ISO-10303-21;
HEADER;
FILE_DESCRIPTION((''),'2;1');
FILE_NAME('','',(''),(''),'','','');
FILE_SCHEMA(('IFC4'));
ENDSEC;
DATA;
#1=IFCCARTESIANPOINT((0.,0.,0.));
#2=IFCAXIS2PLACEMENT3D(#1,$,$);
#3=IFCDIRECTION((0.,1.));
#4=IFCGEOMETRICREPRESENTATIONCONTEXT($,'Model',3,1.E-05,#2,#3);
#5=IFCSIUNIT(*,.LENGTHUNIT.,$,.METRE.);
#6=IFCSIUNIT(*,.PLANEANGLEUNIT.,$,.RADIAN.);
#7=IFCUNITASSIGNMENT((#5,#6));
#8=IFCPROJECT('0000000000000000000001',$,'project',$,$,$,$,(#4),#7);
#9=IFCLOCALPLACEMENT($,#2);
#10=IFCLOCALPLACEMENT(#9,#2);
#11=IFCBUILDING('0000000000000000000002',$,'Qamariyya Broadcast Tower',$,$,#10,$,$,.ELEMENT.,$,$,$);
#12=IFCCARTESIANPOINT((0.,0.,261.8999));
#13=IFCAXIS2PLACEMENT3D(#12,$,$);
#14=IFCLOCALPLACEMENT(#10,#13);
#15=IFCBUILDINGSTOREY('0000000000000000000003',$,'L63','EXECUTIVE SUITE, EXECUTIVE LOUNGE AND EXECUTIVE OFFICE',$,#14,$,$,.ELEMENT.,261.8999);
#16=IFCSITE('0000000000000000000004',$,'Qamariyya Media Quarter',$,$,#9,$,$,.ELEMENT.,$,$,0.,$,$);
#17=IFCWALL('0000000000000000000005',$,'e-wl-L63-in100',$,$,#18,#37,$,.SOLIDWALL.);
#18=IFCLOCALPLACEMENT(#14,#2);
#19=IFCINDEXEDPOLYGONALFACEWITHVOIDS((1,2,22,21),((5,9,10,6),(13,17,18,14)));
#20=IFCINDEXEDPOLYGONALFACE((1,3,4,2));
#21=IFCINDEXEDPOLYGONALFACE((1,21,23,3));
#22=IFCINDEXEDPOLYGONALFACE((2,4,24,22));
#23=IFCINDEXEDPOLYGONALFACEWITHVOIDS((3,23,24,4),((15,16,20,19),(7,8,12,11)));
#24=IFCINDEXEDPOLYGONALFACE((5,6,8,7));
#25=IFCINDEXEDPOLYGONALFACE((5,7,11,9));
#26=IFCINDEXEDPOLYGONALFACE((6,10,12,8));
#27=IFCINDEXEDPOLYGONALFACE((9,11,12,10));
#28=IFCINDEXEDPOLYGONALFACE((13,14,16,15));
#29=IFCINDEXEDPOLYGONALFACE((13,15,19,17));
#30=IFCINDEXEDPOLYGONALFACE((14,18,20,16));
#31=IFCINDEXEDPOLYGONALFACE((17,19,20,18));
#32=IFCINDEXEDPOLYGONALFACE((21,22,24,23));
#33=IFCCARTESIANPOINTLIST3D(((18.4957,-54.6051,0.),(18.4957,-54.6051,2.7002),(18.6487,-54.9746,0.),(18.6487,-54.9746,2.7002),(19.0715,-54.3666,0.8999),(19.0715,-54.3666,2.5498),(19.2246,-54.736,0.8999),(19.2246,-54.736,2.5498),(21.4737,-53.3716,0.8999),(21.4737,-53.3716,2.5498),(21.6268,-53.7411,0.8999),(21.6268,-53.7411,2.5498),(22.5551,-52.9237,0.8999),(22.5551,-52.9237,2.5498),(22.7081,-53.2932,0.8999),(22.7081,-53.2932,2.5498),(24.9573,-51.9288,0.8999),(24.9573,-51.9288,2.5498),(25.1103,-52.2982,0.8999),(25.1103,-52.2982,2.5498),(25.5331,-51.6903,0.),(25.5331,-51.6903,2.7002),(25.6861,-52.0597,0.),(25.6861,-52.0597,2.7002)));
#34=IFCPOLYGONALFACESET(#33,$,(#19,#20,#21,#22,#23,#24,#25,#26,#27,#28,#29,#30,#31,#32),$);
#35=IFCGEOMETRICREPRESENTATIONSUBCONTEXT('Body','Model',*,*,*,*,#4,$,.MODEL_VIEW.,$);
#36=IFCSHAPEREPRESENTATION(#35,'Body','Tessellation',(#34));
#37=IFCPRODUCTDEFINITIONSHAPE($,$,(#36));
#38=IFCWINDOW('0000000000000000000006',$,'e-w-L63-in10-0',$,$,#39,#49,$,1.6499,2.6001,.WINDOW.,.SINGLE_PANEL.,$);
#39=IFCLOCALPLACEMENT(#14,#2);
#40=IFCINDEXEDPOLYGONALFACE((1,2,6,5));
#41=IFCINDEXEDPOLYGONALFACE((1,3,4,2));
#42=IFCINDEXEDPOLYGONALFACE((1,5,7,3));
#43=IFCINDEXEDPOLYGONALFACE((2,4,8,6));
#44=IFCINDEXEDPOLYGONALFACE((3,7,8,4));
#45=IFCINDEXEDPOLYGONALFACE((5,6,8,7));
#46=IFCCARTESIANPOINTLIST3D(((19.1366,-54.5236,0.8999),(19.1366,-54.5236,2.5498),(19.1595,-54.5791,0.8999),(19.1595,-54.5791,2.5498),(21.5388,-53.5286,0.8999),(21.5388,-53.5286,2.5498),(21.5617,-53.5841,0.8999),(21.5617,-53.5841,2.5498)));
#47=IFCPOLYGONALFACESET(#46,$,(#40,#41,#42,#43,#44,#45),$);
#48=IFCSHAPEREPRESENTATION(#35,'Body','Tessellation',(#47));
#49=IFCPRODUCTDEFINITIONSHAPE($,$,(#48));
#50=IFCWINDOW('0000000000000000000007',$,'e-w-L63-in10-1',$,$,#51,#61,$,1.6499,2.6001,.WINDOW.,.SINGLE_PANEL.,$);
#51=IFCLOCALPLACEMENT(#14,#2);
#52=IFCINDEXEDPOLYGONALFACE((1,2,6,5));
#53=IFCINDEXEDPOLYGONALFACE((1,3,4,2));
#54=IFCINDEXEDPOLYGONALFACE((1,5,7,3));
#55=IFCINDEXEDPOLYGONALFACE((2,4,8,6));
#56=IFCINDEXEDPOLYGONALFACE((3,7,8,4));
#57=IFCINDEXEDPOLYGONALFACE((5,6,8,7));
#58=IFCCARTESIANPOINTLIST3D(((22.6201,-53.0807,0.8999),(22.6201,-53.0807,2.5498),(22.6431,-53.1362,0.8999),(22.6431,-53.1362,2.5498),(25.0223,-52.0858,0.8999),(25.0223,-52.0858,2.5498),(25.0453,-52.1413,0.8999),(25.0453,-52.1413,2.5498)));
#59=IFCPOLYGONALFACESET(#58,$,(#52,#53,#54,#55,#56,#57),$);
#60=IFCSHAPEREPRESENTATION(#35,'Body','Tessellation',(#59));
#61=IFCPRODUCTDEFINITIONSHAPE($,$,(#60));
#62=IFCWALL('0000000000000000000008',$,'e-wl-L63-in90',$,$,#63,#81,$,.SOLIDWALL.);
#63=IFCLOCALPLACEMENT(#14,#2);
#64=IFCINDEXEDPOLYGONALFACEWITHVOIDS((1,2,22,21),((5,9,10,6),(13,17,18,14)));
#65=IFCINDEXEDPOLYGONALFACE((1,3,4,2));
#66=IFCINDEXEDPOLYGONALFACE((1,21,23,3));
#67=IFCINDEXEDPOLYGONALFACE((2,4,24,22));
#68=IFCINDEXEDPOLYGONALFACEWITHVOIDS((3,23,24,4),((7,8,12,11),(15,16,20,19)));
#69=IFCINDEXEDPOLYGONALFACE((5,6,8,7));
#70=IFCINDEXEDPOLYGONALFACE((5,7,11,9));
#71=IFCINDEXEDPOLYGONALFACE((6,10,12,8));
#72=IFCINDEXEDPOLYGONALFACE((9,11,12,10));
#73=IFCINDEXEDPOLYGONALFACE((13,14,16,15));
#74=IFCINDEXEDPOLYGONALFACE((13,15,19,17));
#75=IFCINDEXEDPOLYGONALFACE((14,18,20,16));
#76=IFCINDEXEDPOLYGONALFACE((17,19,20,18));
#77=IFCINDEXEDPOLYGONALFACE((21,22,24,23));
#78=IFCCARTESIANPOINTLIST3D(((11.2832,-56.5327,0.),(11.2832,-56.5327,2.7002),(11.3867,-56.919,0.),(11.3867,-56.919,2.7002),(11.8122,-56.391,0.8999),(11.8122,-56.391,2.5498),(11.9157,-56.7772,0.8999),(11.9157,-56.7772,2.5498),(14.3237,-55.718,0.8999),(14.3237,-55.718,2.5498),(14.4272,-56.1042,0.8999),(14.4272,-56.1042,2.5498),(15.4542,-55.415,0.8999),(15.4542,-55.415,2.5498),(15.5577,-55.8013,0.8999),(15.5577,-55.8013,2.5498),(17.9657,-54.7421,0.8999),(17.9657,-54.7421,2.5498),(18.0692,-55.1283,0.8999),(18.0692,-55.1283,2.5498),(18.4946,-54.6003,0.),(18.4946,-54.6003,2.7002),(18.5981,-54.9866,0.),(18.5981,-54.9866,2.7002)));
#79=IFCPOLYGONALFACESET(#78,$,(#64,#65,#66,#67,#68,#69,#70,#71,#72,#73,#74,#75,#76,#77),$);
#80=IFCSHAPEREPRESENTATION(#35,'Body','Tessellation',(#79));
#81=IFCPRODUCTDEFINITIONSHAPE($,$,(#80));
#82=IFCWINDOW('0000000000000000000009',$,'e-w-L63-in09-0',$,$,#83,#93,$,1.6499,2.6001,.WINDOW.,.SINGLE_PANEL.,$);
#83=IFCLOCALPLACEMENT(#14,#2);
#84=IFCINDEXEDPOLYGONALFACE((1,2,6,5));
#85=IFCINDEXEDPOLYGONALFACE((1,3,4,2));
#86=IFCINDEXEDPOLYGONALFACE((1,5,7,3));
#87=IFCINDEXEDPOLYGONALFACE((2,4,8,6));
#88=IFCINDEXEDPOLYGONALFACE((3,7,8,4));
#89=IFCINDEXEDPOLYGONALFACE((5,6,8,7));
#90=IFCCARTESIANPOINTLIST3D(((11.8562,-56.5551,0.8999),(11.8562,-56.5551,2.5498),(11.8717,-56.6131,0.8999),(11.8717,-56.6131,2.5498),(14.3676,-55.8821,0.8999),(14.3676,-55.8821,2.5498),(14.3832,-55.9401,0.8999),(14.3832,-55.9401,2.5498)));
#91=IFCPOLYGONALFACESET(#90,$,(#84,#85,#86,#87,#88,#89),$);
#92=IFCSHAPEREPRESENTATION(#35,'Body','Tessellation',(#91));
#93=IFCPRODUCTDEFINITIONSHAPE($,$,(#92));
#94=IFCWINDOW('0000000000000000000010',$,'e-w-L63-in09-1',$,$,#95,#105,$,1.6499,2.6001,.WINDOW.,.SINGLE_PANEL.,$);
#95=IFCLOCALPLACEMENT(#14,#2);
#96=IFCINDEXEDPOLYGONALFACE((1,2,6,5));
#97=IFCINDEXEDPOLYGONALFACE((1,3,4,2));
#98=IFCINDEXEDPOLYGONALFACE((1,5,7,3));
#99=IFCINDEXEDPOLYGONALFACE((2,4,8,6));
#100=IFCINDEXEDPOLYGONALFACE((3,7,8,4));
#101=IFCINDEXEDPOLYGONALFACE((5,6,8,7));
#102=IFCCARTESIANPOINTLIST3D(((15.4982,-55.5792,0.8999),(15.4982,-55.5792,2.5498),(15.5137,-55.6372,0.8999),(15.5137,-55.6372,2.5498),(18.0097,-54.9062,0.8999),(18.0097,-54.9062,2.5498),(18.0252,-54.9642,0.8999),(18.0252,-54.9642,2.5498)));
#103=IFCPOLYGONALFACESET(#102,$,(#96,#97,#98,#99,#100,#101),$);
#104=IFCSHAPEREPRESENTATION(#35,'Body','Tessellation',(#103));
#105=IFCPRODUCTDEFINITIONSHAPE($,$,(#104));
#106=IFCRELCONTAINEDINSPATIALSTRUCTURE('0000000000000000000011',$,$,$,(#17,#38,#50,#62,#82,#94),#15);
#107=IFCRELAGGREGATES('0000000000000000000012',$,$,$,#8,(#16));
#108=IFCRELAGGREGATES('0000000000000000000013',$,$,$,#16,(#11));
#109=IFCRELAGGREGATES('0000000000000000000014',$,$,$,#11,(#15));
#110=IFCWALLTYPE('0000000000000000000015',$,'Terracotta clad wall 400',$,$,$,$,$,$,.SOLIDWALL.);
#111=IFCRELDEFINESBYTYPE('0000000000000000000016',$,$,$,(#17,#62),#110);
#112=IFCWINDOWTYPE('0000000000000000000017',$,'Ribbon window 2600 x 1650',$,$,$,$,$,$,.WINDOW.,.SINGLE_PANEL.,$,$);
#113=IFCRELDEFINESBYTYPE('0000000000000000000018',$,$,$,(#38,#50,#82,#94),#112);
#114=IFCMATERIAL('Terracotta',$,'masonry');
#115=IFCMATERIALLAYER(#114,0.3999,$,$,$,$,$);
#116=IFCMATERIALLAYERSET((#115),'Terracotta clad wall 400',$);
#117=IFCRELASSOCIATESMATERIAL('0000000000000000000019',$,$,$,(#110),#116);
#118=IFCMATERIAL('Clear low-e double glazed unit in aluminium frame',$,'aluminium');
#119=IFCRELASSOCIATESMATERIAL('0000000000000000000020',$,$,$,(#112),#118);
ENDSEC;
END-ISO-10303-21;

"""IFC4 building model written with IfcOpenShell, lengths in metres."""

from ifc_helpers import new_model, si_unit, direction, frame, frame_2d, origin, place, context, subcontext, project, spatial, rectangle, extrude, material, layer, layer_set, type_object, element, fill, save


model = new_model("IFC4")

# Units and contexts
model_context = context("Model", 3, precision=1e-05, world=origin(), true_north=direction((0.0, 1.0)))
body_context = subcontext(model_context, "Body", "Model", "MODEL_VIEW")
ifc_project = project(units=[si_unit("LENGTHUNIT", "METRE"), si_unit("PLANEANGLEUNIT", "RADIAN")], contexts=[model_context])

# Site, building, storey
site_placement = place(None, origin())
site = spatial("IfcSite", under=ifc_project, at=site_placement, Name="Qamariyya Media Quarter", CompositionType="ELEMENT", RefElevation=0.0)
building_placement = place(site_placement, origin())
building = spatial("IfcBuilding", under=site, at=building_placement, Name="Qamariyya Broadcast Tower", CompositionType="ELEMENT")
storey_placement = place(building_placement, frame((0.0, 0.0, 261.8999)))
storey = spatial("IfcBuildingStorey", under=building, at=storey_placement, Name="L63", Description="EXECUTIVE SUITE, EXECUTIVE LOUNGE AND EXECUTIVE OFFICE", CompositionType="ELEMENT", Elevation=261.8999)

# Walls, openings, windows
ifc_material_1 = material(Name="Terracotta", Category="masonry")
ifc_layer_1 = layer(ifc_material_1, 0.3999)
ifc_layer_set_1 = layer_set([ifc_layer_1], Name="Terracotta clad wall 400")
wall_type_1 = type_object("IfcWallType", Name="Terracotta clad wall 400", PredefinedType="SOLIDWALL", material=ifc_layer_set_1)
wall_1_placement = place(storey_placement, frame((25.6096, -51.875, 0.0), z_axis=(0.0, 0.0, 1.0), x_axis=(-0.923888, -0.382664, 0.0)))
wall_1 = element("IfcWall", 1, at=wall_1_placement, inside=storey, type_object=wall_type_1, Name="e-wl-L63-in100", PredefinedType="SOLIDWALL", context=body_context, shape_type="SweptSolid", body=[
    extrude(rectangle(XDim=7.6172, YDim=0.3999, at=frame_2d((3.8086, 0.0))), origin(), (0.0, 0.0, 1.0), 2.7002),
])
opening_1_placement = place(wall_1_placement, frame((4.3938, 0.0, 0.8999)))
opening_1 = element("IfcOpeningElement", 2, at=opening_1_placement, cuts=wall_1, PredefinedType="OPENING", context=body_context, shape_type="SweptSolid", body=[
    extrude(rectangle(XDim=2.6001, YDim=1.6499, at=frame_2d((1.3, 0.825))), frame((0.0, 0.21, 0.0), z_axis=(0.0, -1.0, 0.0), x_axis=(1.0, 0.0, 0.0)), (0.0, 0.0, 1.0), 0.4199),
])
opening_2_placement = place(wall_1_placement, frame((0.6233, 0.0, 0.8999)))
opening_2 = element("IfcOpeningElement", 3, at=opening_2_placement, cuts=wall_1, PredefinedType="OPENING", context=body_context, shape_type="SweptSolid", body=[
    extrude(rectangle(XDim=2.6001, YDim=1.6499, at=frame_2d((1.3, 0.825))), frame((0.0, 0.21, 0.0), z_axis=(0.0, -1.0, 0.0), x_axis=(1.0, 0.0, 0.0)), (0.0, 0.0, 1.0), 0.4199),
])
ifc_material_2 = material(Name="Clear low-e double glazed unit in aluminium frame", Category="aluminium")
window_type = type_object("IfcWindowType", Name="Ribbon window 2600 x 1650", PartitioningType="SINGLE_PANEL", PredefinedType="WINDOW", material=ifc_material_2)
window_1_placement = place(opening_1_placement, origin())
window_1 = element("IfcWindow", 4, at=window_1_placement, inside=storey, type_object=window_type, Name="e-w-L63-in10-0", OverallHeight=1.6499, OverallWidth=2.6001, PartitioningType="SINGLE_PANEL", PredefinedType="WINDOW", context=body_context, shape_type="SweptSolid", body=[
    extrude(rectangle(XDim=2.6001, YDim=1.6499, at=frame_2d((1.3, 0.825))), frame((0.0, 0.03, 0.0), z_axis=(0.0, -1.0, 0.0), x_axis=(1.0, 0.0, 0.0)), (0.0, 0.0, 1.0), 0.0601),
])
fill(opening_1, window_1)
window_2_placement = place(opening_2_placement, origin())
window_2 = element("IfcWindow", 5, at=window_2_placement, inside=storey, type_object=window_type, Name="e-w-L63-in10-1", OverallHeight=1.6499, OverallWidth=2.6001, PartitioningType="SINGLE_PANEL", PredefinedType="WINDOW", context=body_context, shape_type="SweptSolid", body=[
    extrude(rectangle(XDim=2.6001, YDim=1.6499, at=frame_2d((1.3, 0.825))), frame((0.0, 0.03, 0.0), z_axis=(0.0, -1.0, 0.0), x_axis=(1.0, 0.0, 0.0)), (0.0, 0.0, 1.0), 0.0601),
])
fill(opening_2, window_2)
wall_2_placement = place(storey_placement, frame((18.5464, -54.7935, 0.0), z_axis=(0.0, 0.0, 1.0), x_axis=(-0.965923, -0.258829, 0.0)))
wall_2 = element("IfcWall", 6, at=wall_2_placement, inside=storey, type_object=wall_type_1, Name="e-wl-L63-in90", PredefinedType="SOLIDWALL", context=body_context, shape_type="SweptSolid", body=[
    extrude(rectangle(XDim=7.4658, YDim=0.3999, at=frame_2d((3.7329, 0.0))), origin(), (0.0, 0.0, 1.0), 2.7002),
])
opening_3_placement = place(wall_2_placement, frame((4.3181, 0.0, 0.8999)))
opening_3 = element("IfcOpeningElement", 7, at=opening_3_placement, cuts=wall_2, PredefinedType="OPENING", context=body_context, shape_type="SweptSolid", body=[
    extrude(rectangle(XDim=2.6001, YDim=1.6499, at=frame_2d((1.3, 0.825))), frame((0.0, 0.21, 0.0), z_axis=(0.0, -1.0, 0.0), x_axis=(1.0, 0.0, 0.0)), (0.0, 0.0, 1.0), 0.4199),
])
opening_4_placement = place(wall_2_placement, frame((0.5476, 0.0, 0.8999)))
opening_4 = element("IfcOpeningElement", 8, at=opening_4_placement, cuts=wall_2, PredefinedType="OPENING", context=body_context, shape_type="SweptSolid", body=[
    extrude(rectangle(XDim=2.6001, YDim=1.6499, at=frame_2d((1.3, 0.825))), frame((0.0, 0.21, 0.0), z_axis=(0.0, -1.0, 0.0), x_axis=(1.0, 0.0, 0.0)), (0.0, 0.0, 1.0), 0.4199),
])
window_3_placement = place(opening_3_placement, origin())
window_3 = element("IfcWindow", 9, at=window_3_placement, inside=storey, type_object=window_type, Name="e-w-L63-in09-0", OverallHeight=1.6499, OverallWidth=2.6001, PartitioningType="SINGLE_PANEL", PredefinedType="WINDOW", context=body_context, shape_type="SweptSolid", body=[
    extrude(rectangle(XDim=2.6001, YDim=1.6499, at=frame_2d((1.3, 0.825))), frame((0.0, 0.03, 0.0), z_axis=(0.0, -1.0, 0.0), x_axis=(1.0, 0.0, 0.0)), (0.0, 0.0, 1.0), 0.0601),
])
fill(opening_3, window_3)
window_4_placement = place(opening_4_placement, origin())
window_4 = element("IfcWindow", 10, at=window_4_placement, inside=storey, type_object=window_type, Name="e-w-L63-in09-1", OverallHeight=1.6499, OverallWidth=2.6001, PartitioningType="SINGLE_PANEL", PredefinedType="WINDOW", context=body_context, shape_type="SweptSolid", body=[
    extrude(rectangle(XDim=2.6001, YDim=1.6499, at=frame_2d((1.3, 0.825))), frame((0.0, 0.03, 0.0), z_axis=(0.0, -1.0, 0.0), x_axis=(1.0, 0.0, 0.0)), (0.0, 0.0, 1.0), 0.0601),
])
fill(opening_4, window_4)

save(model, "model.ifc")
